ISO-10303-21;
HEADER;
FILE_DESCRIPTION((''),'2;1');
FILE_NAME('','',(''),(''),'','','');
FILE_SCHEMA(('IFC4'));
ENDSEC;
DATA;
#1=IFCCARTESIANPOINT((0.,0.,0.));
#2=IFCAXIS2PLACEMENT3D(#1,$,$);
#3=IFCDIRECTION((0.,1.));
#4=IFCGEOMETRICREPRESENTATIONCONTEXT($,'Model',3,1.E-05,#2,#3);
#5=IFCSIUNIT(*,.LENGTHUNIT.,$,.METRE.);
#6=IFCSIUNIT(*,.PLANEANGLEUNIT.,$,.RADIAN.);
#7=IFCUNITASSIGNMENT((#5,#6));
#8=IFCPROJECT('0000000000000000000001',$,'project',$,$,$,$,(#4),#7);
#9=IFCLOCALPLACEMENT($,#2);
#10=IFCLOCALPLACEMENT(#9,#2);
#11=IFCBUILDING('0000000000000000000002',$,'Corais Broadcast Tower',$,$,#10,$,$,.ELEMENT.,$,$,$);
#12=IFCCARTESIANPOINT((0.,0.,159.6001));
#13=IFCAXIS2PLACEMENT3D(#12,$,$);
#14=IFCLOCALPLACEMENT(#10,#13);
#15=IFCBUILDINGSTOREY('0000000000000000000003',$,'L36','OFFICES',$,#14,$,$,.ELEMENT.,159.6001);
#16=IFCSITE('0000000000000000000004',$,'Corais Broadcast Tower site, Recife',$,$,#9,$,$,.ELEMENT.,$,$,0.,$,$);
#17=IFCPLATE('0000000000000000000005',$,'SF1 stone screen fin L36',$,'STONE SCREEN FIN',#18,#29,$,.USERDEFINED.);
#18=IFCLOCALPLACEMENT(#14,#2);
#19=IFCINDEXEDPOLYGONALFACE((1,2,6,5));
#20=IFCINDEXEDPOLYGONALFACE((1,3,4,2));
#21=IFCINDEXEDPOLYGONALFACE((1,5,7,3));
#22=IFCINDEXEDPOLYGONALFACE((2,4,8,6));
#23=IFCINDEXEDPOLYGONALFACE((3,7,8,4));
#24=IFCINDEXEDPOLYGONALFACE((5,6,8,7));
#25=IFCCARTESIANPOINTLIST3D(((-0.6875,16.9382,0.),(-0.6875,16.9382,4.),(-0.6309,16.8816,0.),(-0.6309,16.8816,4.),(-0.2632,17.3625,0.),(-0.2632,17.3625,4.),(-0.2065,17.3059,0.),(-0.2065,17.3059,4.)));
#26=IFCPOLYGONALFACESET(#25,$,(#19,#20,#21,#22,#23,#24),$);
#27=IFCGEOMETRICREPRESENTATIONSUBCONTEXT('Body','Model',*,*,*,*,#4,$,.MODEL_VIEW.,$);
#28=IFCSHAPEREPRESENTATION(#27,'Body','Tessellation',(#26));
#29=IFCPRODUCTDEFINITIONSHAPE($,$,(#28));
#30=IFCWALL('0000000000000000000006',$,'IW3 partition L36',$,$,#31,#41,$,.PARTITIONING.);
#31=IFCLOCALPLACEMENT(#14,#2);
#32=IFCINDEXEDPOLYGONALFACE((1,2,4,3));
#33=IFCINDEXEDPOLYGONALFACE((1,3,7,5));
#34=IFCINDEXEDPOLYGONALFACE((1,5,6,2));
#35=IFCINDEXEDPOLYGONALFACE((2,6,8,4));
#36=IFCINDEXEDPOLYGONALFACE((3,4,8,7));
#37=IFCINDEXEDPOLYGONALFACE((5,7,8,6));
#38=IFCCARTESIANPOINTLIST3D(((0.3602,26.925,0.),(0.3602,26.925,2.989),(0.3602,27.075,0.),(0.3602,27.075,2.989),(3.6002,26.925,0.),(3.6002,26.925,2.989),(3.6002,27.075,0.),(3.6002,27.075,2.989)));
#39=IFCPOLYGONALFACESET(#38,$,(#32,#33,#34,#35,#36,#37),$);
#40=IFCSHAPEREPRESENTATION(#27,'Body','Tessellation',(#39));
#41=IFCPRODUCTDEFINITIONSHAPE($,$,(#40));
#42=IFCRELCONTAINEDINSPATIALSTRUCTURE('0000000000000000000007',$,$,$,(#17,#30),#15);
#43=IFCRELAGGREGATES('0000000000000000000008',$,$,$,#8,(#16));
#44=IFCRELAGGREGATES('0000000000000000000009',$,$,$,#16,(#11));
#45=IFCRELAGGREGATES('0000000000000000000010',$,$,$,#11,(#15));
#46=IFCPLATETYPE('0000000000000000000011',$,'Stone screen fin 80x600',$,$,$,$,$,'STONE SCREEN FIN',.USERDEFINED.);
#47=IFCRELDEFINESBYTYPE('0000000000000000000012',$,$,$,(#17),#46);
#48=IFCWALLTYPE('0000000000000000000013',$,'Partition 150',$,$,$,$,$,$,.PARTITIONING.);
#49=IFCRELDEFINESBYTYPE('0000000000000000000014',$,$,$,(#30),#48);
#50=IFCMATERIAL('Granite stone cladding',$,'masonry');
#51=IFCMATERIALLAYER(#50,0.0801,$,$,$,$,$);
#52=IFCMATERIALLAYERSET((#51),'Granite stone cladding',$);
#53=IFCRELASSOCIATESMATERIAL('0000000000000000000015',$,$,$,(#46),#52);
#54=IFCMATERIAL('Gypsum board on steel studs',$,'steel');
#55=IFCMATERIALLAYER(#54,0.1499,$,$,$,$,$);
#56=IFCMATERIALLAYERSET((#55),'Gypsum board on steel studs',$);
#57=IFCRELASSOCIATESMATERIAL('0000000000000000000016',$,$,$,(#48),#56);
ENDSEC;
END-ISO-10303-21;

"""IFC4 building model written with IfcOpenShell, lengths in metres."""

from ifc_helpers import new_model, si_unit, direction, frame, frame_2d, origin, origin_2d, place, context, subcontext, project, spatial, rectangle, extrude, material, layer, layer_set, type_object, element, save


model = new_model("IFC4")

# Units and contexts
model_context = context("Model", 3, precision=1e-05, world=origin(), true_north=direction((0.0, 1.0)))
body_context = subcontext(model_context, "Body", "Model", "MODEL_VIEW")
ifc_project = project(units=[si_unit("LENGTHUNIT", "METRE"), si_unit("PLANEANGLEUNIT", "RADIAN")], contexts=[model_context])

# Site, building, storey
site_placement = place(None, origin())
site = spatial("IfcSite", under=ifc_project, at=site_placement, Name="Corais Broadcast Tower site, Recife", CompositionType="ELEMENT", RefElevation=0.0)
building_placement = place(site_placement, origin())
building = spatial("IfcBuilding", under=site, at=building_placement, Name="Corais Broadcast Tower", CompositionType="ELEMENT")
storey_placement = place(building_placement, frame((0.0, 0.0, 159.6001)))
storey = spatial("IfcBuildingStorey", under=building, at=storey_placement, Name="L36", Description="OFFICES", CompositionType="ELEMENT", Elevation=159.6001)

# Plate
ifc_material_1 = material(Name="Granite stone cladding", Category="masonry")
ifc_layer_1 = layer(ifc_material_1, 0.0801)
ifc_layer_set_1 = layer_set([ifc_layer_1], Name="Granite stone cladding")
plate_type_1 = type_object("IfcPlateType", Name="Stone screen fin 80x600", ElementType="STONE SCREEN FIN", PredefinedType="USERDEFINED", material=ifc_layer_set_1)
plate_1_placement = place(storey_placement, frame((-0.447, 17.1221, 0.0), z_axis=(0.0, 0.0, 1.0), x_axis=(-0.707107, 0.707107, 0.0)))
element("IfcPlate", 1, at=plate_1_placement, inside=storey, type_object=plate_type_1, Name="SF1 stone screen fin L36", ObjectType="STONE SCREEN FIN", PredefinedType="USERDEFINED", context=body_context, shape_type="SweptSolid", body=[
    extrude(rectangle(XDim=0.0801, YDim=0.6001, at=origin_2d()), origin(), (0.0, 0.0, 1.0), 4.0),
])

# Wall
ifc_material_2 = material(Name="Gypsum board on steel studs", Category="steel")
ifc_layer_2 = layer(ifc_material_2, 0.1499)
ifc_layer_set_2 = layer_set([ifc_layer_2], Name="Gypsum board on steel studs")
wall_type = type_object("IfcWallType", Name="Partition 150", PredefinedType="PARTITIONING", material=ifc_layer_set_2)
wall_placement = place(storey_placement, frame((0.3601, 27.0, 0.0), z_axis=(0.0, 0.0, 1.0), x_axis=(1.0, 0.0, 0.0)))
element("IfcWall", 2, at=wall_placement, inside=storey, type_object=wall_type, Name="IW3 partition L36", PredefinedType="PARTITIONING", context=body_context, shape_type="SweptSolid", body=[
    extrude(rectangle(XDim=3.24, YDim=0.1499, at=frame_2d((1.6201, 0.0))), origin(), (0.0, 0.0, 1.0), 2.989),
])

save(model, "model.ifc")
